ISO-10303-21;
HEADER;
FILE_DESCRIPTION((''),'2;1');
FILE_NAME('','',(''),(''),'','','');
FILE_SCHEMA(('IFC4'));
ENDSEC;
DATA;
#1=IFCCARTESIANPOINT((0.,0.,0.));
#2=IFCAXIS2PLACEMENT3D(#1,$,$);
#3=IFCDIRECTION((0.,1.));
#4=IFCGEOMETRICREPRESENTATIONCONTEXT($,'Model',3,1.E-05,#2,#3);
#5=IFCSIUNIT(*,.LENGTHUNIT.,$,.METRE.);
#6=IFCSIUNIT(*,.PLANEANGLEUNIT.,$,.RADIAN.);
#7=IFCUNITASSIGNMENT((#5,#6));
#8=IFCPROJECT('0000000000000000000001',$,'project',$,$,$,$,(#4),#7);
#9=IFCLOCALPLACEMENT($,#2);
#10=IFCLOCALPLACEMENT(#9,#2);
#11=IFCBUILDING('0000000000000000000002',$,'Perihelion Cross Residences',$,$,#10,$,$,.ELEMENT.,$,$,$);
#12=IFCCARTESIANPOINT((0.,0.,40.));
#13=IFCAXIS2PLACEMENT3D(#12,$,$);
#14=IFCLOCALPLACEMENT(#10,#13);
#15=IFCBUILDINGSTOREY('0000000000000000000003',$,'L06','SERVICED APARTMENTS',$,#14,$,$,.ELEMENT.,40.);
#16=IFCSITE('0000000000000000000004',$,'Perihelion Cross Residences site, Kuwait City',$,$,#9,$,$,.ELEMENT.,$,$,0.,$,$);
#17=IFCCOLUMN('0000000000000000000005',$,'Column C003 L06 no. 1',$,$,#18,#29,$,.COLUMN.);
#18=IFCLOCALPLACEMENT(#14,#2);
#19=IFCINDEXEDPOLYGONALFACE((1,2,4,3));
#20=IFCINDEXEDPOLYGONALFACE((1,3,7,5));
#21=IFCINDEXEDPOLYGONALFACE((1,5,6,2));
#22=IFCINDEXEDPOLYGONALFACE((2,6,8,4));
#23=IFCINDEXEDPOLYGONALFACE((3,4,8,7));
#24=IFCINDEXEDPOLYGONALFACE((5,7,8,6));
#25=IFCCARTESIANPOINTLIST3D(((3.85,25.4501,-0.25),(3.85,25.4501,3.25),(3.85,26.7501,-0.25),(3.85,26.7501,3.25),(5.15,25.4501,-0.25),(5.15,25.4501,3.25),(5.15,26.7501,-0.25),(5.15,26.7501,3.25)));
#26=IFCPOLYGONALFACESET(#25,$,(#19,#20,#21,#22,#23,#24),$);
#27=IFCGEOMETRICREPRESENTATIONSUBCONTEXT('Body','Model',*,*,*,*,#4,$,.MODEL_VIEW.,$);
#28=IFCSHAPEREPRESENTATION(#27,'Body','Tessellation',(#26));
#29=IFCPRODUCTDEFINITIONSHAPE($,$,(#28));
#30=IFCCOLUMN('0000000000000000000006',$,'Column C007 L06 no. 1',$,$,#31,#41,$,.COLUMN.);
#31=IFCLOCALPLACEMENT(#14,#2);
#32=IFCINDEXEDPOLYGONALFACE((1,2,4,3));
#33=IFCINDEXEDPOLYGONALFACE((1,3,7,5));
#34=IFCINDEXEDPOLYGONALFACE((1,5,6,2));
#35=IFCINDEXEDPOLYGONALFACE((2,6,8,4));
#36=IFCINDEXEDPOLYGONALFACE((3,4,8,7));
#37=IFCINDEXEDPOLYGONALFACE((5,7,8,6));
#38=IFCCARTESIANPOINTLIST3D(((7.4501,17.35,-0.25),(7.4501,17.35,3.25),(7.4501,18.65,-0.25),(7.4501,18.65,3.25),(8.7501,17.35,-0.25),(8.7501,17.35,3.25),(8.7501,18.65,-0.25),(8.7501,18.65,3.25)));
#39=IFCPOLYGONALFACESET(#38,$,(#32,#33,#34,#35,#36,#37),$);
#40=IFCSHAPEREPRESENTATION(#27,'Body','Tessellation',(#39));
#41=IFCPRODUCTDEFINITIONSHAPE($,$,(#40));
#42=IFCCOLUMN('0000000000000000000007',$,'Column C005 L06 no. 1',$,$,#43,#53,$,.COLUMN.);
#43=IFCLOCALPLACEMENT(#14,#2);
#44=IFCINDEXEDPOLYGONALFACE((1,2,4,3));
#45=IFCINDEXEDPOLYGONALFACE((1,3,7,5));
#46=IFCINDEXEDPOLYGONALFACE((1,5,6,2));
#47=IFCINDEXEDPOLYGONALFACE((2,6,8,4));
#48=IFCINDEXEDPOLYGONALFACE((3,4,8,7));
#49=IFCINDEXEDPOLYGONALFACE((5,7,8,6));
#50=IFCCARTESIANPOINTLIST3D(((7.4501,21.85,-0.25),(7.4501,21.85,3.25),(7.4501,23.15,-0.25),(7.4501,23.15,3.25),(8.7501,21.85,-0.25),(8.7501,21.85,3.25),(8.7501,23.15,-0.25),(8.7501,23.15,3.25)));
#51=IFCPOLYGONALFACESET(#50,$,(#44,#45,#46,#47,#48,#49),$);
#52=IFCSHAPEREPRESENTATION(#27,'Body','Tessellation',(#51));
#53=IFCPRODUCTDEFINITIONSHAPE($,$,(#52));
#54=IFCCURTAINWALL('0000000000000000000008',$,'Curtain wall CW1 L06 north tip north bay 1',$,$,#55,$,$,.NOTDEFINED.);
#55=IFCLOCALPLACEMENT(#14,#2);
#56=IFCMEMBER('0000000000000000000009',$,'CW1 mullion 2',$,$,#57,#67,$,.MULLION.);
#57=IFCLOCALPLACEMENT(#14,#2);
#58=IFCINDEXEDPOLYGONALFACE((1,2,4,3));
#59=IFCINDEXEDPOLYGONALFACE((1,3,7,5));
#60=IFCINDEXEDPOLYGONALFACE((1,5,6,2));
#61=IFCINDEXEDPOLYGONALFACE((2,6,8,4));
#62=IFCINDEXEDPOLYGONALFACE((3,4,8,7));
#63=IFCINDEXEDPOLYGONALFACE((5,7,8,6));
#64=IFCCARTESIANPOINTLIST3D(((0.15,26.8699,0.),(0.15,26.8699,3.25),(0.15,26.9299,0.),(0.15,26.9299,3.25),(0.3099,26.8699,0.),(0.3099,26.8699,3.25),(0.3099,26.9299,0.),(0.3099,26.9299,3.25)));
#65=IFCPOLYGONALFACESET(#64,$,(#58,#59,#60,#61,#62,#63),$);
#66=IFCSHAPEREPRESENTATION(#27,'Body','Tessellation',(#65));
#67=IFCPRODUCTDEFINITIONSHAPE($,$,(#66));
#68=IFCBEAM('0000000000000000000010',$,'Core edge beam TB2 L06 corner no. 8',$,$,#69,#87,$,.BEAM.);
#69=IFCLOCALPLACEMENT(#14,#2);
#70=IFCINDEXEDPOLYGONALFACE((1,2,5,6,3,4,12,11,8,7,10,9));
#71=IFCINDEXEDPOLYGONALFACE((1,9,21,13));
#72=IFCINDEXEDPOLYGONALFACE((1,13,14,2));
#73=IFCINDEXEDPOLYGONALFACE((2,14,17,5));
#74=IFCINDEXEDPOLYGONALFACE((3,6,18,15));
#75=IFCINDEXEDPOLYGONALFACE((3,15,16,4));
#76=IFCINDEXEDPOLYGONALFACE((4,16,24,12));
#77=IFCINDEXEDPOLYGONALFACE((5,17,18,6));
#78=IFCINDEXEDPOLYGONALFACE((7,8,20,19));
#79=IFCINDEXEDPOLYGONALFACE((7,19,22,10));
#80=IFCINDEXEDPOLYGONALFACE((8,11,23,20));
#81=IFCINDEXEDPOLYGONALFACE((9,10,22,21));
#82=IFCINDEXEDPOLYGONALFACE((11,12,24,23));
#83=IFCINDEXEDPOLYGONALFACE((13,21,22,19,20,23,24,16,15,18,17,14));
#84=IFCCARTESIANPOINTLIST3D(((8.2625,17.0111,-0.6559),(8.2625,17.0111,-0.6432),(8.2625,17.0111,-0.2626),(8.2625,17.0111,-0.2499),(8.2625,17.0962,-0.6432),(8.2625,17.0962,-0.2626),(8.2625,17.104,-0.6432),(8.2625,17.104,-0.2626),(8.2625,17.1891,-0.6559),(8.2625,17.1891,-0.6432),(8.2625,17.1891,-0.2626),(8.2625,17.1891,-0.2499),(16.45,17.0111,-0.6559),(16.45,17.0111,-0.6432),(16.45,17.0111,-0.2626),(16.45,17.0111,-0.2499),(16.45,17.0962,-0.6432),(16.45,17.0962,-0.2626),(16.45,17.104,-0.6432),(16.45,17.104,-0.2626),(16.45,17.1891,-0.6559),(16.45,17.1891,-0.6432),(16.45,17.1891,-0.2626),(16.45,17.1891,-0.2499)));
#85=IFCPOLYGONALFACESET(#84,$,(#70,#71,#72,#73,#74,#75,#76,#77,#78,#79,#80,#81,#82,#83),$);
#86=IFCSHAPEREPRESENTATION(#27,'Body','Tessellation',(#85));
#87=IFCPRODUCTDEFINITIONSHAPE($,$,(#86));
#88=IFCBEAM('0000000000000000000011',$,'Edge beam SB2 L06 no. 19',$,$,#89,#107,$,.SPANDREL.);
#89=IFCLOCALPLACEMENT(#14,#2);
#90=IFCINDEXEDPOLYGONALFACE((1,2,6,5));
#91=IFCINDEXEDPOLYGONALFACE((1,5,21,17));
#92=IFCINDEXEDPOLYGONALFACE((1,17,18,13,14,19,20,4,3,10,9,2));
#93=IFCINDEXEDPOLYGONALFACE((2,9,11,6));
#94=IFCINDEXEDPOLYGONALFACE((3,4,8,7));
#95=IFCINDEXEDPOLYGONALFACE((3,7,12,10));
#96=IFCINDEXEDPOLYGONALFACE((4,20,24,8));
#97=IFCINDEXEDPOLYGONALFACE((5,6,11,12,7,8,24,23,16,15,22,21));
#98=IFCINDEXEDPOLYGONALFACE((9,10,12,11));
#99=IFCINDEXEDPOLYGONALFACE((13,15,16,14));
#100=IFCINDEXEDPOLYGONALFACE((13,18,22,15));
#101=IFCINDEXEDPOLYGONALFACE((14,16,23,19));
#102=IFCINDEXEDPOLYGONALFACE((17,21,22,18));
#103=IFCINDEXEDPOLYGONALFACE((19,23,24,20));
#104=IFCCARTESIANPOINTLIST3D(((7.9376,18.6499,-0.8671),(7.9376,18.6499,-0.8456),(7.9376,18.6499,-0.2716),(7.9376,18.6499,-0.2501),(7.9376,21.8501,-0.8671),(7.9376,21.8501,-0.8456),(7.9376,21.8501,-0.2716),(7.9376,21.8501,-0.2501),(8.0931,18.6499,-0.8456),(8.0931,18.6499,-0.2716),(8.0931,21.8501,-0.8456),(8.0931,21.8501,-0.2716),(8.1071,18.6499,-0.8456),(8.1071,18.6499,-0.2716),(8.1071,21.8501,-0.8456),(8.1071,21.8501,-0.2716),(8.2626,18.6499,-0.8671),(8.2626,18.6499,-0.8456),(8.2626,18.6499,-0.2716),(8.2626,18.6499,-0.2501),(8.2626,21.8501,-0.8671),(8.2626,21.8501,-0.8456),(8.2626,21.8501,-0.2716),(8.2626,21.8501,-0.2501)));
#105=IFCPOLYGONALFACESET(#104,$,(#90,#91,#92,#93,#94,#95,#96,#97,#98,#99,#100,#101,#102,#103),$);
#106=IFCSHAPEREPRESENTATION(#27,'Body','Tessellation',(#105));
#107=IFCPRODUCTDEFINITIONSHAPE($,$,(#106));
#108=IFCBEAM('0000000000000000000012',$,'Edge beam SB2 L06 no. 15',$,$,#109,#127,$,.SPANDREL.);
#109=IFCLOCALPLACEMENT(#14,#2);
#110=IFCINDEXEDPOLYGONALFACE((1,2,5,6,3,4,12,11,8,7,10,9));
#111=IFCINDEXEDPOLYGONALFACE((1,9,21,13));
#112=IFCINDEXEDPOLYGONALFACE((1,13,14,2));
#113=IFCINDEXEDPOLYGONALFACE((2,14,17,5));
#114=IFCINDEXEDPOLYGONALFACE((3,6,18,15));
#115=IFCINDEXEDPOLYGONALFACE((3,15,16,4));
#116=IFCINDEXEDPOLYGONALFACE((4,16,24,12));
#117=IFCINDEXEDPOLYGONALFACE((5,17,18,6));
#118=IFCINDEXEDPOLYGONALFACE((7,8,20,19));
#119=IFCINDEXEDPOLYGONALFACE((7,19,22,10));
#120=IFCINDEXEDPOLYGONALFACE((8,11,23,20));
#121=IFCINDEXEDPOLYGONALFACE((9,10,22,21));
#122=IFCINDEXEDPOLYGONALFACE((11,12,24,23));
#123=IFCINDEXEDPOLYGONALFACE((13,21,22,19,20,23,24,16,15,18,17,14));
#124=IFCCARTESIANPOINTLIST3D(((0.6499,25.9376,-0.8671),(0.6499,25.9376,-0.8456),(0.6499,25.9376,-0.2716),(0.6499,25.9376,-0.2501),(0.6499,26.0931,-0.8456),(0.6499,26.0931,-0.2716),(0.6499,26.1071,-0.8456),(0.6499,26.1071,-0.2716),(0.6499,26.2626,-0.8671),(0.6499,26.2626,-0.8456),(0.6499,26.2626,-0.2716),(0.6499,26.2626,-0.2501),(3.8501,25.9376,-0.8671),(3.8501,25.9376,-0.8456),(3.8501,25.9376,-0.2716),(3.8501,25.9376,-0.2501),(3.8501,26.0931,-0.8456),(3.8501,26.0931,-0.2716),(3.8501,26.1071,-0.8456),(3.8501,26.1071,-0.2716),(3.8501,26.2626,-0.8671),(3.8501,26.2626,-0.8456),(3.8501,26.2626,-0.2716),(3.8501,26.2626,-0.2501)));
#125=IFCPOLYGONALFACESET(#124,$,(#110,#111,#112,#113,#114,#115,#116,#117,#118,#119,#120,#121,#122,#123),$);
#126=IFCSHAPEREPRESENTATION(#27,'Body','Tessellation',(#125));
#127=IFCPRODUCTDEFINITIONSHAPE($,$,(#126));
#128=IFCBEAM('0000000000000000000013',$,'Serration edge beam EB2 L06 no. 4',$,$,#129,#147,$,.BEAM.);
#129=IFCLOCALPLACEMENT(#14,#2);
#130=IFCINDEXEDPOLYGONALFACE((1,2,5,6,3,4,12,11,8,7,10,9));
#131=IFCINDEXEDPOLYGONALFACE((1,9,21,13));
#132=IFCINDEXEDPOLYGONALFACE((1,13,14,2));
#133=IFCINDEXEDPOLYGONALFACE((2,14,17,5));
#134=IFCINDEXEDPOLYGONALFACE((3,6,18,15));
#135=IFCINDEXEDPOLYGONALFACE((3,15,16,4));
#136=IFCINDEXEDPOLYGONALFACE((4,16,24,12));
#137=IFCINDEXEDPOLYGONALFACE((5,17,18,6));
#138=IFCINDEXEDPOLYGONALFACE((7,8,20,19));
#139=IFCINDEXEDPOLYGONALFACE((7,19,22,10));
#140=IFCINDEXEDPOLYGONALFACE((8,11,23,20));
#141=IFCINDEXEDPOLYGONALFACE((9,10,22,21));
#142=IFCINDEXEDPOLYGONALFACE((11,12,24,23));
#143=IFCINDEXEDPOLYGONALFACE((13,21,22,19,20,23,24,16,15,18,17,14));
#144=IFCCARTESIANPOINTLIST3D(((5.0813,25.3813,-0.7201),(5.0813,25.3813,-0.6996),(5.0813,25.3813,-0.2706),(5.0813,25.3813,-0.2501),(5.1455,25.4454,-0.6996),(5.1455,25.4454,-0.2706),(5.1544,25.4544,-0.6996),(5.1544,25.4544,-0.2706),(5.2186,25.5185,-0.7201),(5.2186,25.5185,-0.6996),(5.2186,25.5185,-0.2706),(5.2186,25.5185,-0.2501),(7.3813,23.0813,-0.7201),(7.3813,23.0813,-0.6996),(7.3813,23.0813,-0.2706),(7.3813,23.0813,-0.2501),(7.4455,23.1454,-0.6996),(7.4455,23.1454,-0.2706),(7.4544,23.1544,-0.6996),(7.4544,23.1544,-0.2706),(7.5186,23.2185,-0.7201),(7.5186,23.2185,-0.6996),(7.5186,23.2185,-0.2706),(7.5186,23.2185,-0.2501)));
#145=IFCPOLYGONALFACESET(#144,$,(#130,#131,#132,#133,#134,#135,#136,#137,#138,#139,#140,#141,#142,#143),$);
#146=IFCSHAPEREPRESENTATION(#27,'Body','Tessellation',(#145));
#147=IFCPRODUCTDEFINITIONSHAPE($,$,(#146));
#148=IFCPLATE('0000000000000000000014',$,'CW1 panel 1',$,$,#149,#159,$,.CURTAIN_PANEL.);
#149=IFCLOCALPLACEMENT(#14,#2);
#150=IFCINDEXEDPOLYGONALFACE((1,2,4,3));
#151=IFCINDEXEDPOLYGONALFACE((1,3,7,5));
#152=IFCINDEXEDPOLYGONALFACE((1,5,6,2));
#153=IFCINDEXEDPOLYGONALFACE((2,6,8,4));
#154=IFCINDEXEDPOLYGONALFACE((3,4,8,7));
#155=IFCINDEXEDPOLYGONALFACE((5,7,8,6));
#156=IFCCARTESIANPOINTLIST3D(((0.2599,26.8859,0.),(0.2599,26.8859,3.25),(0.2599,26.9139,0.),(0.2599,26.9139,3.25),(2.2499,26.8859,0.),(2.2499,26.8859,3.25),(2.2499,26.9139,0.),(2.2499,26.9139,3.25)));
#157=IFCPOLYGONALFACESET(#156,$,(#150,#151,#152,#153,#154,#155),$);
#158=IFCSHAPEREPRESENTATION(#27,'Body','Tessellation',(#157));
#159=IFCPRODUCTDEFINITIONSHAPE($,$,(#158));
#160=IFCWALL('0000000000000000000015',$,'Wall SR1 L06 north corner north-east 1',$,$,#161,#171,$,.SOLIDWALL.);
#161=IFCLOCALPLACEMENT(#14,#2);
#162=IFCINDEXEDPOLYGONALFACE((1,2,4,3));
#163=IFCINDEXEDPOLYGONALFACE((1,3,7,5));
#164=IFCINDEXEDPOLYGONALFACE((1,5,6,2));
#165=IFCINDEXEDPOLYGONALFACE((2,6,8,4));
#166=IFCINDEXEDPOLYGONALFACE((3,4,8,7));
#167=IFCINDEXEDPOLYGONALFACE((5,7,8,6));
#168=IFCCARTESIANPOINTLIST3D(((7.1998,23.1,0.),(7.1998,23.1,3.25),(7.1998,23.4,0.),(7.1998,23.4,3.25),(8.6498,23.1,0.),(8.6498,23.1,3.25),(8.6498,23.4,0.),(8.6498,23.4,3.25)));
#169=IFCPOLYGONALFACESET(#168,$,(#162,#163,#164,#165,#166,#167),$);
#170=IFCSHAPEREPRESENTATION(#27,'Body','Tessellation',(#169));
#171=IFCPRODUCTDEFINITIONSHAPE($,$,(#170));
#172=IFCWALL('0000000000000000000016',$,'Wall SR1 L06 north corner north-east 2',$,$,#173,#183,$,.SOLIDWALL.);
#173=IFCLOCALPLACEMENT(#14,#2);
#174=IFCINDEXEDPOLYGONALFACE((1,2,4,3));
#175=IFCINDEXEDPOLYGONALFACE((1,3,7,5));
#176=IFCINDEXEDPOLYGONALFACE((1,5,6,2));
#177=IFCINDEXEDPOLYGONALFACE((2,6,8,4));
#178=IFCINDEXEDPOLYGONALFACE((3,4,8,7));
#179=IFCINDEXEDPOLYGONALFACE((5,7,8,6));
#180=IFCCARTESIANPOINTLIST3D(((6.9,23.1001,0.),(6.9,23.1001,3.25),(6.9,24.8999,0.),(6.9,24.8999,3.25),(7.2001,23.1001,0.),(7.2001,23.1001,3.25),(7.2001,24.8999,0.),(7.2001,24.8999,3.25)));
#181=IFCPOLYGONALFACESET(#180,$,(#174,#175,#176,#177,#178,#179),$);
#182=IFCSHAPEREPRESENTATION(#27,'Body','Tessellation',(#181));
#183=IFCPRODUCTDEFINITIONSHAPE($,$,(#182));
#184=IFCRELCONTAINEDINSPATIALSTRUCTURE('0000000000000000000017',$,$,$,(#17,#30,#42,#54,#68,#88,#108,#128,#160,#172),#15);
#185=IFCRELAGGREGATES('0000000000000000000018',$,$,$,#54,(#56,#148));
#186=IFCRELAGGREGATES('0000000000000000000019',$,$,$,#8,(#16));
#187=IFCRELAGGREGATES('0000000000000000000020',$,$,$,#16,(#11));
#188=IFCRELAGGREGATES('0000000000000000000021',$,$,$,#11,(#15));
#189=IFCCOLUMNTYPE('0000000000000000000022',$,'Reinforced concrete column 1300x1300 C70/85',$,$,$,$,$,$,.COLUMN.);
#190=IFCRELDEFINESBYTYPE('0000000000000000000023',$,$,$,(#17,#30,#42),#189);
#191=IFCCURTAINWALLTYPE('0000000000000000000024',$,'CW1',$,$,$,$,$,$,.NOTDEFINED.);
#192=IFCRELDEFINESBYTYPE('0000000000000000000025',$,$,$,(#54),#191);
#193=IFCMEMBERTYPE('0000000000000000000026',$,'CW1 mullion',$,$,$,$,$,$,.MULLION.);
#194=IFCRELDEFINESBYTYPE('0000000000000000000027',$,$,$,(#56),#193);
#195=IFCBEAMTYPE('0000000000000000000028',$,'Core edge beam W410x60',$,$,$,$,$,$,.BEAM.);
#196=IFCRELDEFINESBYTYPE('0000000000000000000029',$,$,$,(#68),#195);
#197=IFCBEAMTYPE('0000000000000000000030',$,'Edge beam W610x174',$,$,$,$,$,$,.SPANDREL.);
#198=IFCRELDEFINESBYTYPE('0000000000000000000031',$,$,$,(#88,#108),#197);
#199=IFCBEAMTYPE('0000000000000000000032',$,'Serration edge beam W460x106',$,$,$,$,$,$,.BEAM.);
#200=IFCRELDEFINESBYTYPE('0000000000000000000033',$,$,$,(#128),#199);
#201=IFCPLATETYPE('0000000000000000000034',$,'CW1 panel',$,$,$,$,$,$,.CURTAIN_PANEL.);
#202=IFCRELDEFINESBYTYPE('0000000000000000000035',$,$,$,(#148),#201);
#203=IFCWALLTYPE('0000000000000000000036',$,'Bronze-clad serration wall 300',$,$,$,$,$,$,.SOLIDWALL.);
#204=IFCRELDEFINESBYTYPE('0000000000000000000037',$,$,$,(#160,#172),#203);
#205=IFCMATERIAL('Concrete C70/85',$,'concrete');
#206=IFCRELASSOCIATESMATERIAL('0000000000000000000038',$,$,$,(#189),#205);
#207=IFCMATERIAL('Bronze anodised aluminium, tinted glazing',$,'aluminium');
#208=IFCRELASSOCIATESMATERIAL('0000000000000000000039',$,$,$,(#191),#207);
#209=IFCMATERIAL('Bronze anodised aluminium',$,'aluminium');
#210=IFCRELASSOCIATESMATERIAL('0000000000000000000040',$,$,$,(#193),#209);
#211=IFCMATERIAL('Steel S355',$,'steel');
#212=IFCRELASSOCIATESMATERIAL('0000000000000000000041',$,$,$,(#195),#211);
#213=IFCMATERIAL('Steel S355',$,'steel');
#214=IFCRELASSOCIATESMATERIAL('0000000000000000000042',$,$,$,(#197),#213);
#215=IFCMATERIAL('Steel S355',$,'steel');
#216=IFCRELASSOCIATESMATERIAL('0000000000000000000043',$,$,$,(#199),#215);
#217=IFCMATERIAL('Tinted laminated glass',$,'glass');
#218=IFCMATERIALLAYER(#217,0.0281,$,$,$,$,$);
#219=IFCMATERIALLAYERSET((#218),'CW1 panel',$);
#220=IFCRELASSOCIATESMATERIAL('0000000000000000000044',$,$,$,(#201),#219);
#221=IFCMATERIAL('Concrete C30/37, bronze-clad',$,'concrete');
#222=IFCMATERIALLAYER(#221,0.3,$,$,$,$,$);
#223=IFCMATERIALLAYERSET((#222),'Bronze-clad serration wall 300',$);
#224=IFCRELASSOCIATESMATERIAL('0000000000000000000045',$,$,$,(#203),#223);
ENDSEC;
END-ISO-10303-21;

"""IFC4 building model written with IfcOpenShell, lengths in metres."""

from ifc_helpers import new_model, si_unit, direction, frame, frame_2d, origin, origin_2d, place, context, subcontext, project, spatial, rectangle, i_section, extrude, material, layer, layer_set, material_profile, profile_set, type_object, element, aggregate, save


model = new_model("IFC4")

# Units and contexts
model_context = context("Model", 3, precision=1e-05, world=origin(), true_north=direction((0.0, 1.0)))
body_context = subcontext(model_context, "Body", "Model", "MODEL_VIEW")
ifc_project = project(units=[si_unit("LENGTHUNIT", "METRE"), si_unit("PLANEANGLEUNIT", "RADIAN")], contexts=[model_context])

# Site, building, storey
site_placement = place(None, origin())
site = spatial("IfcSite", under=ifc_project, at=site_placement, Name="Perihelion Cross Residences site, Kuwait City", CompositionType="ELEMENT", RefElevation=0.0)
building_placement = place(site_placement, origin())
building = spatial("IfcBuilding", under=site, at=building_placement, Name="Perihelion Cross Residences", CompositionType="ELEMENT")
storey_placement = place(building_placement, frame((0.0, 0.0, 40.0)))
storey = spatial("IfcBuildingStorey", under=building, at=storey_placement, Name="L06", Description="SERVICED APARTMENTS", CompositionType="ELEMENT", Elevation=40.0)

# Columns
ifc_material_1 = material(Name="Concrete C70/85", Category="concrete")
ifc_material_profile_1 = material_profile(ifc_material_1, rectangle(XDim=1.3, YDim=1.3, at=origin_2d()), Name="RC 1300x1300")
ifc_profile_set_1 = profile_set([ifc_material_profile_1], Name="Concrete C70/85")
column_type = type_object("IfcColumnType", Name="Reinforced concrete column 1300x1300 C70/85", PredefinedType="COLUMN", material=ifc_profile_set_1)
for number, where, z_axis, x_axis, name in (
    (1, (4.5, 26.1001, -0.25), (0.0, 0.0, 1.0), (1.0, 0.0, 0.0), "Column C003 L06 no. 1"),
    (2, (8.1001, 18.0, -0.25), (0.0, 0.0, 1.0), (1.0, 0.0, 0.0), "Column C007 L06 no. 1"),
    (3, (8.1001, 22.5, -0.25), (0.0, 0.0, 1.0), (1.0, 0.0, 0.0), "Column C005 L06 no. 1"),
):
    element("IfcColumn", number, at=place(storey_placement, frame(where, z_axis=z_axis, x_axis=x_axis)), inside=storey, type_object=column_type, Name=name, PredefinedType="COLUMN", context=body_context, shape_type="SweptSolid", body=[
        extrude(rectangle(XDim=1.3, YDim=1.3, at=origin_2d()), origin(), (0.0, 0.0, 1.0), 3.5),
    ])

# Curtain wall, member
ifc_material_2 = material(Name="Bronze anodised aluminium, tinted glazing", Category="aluminium")
curtain_wall_type = type_object("IfcCurtainWallType", Name="CW1", PredefinedType="NOTDEFINED", material=ifc_material_2)
curtain_wall_placement = place(storey_placement, origin())
curtain_wall = element("IfcCurtainWall", 4, at=curtain_wall_placement, inside=storey, type_object=curtain_wall_type, Name="Curtain wall CW1 L06 north tip north bay 1", PredefinedType="NOTDEFINED")
ifc_material_3 = material(Name="Bronze anodised aluminium", Category="aluminium")
ifc_material_profile_2 = material_profile(ifc_material_3, rectangle(XDim=0.0601, YDim=0.1599, at=origin_2d()), Name="CW1 mullion")
ifc_profile_set_2 = profile_set([ifc_material_profile_2], Name="Bronze anodised aluminium")
member_type = type_object("IfcMemberType", Name="CW1 mullion", PredefinedType="MULLION", material=ifc_profile_set_2)
member_placement = place(storey_placement, frame((0.23, 26.8999, 0.0), z_axis=(0.0, 0.0, 1.0), x_axis=(0.0, -1.0, 0.0)))
member = element("IfcMember", 5, at=member_placement, type_object=member_type, Name="CW1 mullion 2", PredefinedType="MULLION", context=body_context, shape_type="SweptSolid", body=[
    extrude(rectangle(XDim=0.0601, YDim=0.1599, at=origin_2d()), origin(), (0.0, 0.0, 1.0), 3.25),
])

# Beams
ifc_material_4 = material(Name="Steel S355", Category="steel")
ifc_material_profile_3 = material_profile(ifc_material_4, i_section(OverallWidth=0.178, OverallDepth=0.406, WebThickness=0.0078, FlangeThickness=0.0127, at=origin_2d()), Name="W410x60")
ifc_profile_set_3 = profile_set([ifc_material_profile_3], Name="Steel S355")
beam_type_1 = type_object("IfcBeamType", Name="Core edge beam W410x60", PredefinedType="BEAM", material=ifc_profile_set_3)
beam_1_placement = place(storey_placement, frame((8.2625, 17.1001, -0.4529), z_axis=(1.0, 0.0, 0.0), x_axis=(0.0, 1.0, 0.0)))
element("IfcBeam", 6, at=beam_1_placement, inside=storey, type_object=beam_type_1, Name="Core edge beam TB2 L06 corner no. 8", PredefinedType="BEAM", context=body_context, shape_type="SweptSolid", body=[
    extrude(i_section(OverallWidth=0.178, OverallDepth=0.406, WebThickness=0.0078, FlangeThickness=0.0127, at=origin_2d()), origin(), (0.0, 0.0, 1.0), 8.1875),
])
ifc_material_5 = material(Name="Steel S355", Category="steel")
ifc_material_profile_4 = material_profile(ifc_material_5, i_section(OverallWidth=0.325, OverallDepth=0.6169, WebThickness=0.0139, FlangeThickness=0.0215, at=origin_2d()), Name="W610x174")
ifc_profile_set_4 = profile_set([ifc_material_profile_4], Name="Steel S355")
beam_type_2 = type_object("IfcBeamType", Name="Edge beam W610x174", PredefinedType="SPANDREL", material=ifc_profile_set_4)
for number, where, z_axis, x_axis, name in (
    (7, (8.1001, 18.6499, -0.5586), (0.0, 1.0, 0.0), (-1.0, 0.0, 0.0), "Edge beam SB2 L06 no. 19"),
    (8, (3.8501, 26.1001, -0.5586), (-1.0, 0.0, 0.0), (0.0, -1.0, 0.0), "Edge beam SB2 L06 no. 15"),
):
    element("IfcBeam", number, at=place(storey_placement, frame(where, z_axis=z_axis, x_axis=x_axis)), inside=storey, type_object=beam_type_2, Name=name, PredefinedType="SPANDREL", context=body_context, shape_type="SweptSolid", body=[
        extrude(i_section(OverallWidth=0.325, OverallDepth=0.6169, WebThickness=0.0139, FlangeThickness=0.0215, at=origin_2d()), origin(), (0.0, 0.0, 1.0), 3.2002),
    ])
ifc_material_6 = material(Name="Steel S355", Category="steel")
ifc_material_profile_5 = material_profile(ifc_material_6, i_section(OverallWidth=0.1941, OverallDepth=0.47, WebThickness=0.0127, FlangeThickness=0.0205, at=origin_2d()), Name="W460x106")
ifc_profile_set_5 = profile_set([ifc_material_profile_5], Name="Steel S355")
beam_type_3 = type_object("IfcBeamType", Name="Serration edge beam W460x106", PredefinedType="BEAM", material=ifc_profile_set_5)
beam_2_placement = place(storey_placement, frame((7.45, 23.1499, -0.4851), z_axis=(-0.707107, 0.707107, 0.0), x_axis=(-0.707107, -0.707107, 0.0)))
element("IfcBeam", 9, at=beam_2_placement, inside=storey, type_object=beam_type_3, Name="Serration edge beam EB2 L06 no. 4", PredefinedType="BEAM", context=body_context, shape_type="SweptSolid", body=[
    extrude(i_section(OverallWidth=0.1941, OverallDepth=0.47, WebThickness=0.0127, FlangeThickness=0.0205, at=origin_2d()), origin(), (0.0, 0.0, 1.0), 3.2527),
])

# Plate
ifc_material_7 = material(Name="Tinted laminated glass", Category="glass")
ifc_layer_1 = layer(ifc_material_7, 0.0281)
ifc_layer_set_1 = layer_set([ifc_layer_1], Name="CW1 panel")
plate_type = type_object("IfcPlateType", Name="CW1 panel", PredefinedType="CURTAIN_PANEL", material=ifc_layer_set_1)
plate_placement = place(storey_placement, frame((1.2549, 26.8999, 0.0), z_axis=(0.0, 0.0, 1.0), x_axis=(-1.0, 0.0, 0.0)))
plate = element("IfcPlate", 10, at=plate_placement, type_object=plate_type, Name="CW1 panel 1", PredefinedType="CURTAIN_PANEL", context=body_context, shape_type="SweptSolid", body=[
    extrude(rectangle(XDim=1.99, YDim=0.0281, at=origin_2d()), origin(), (0.0, 0.0, 1.0), 3.25),
])
aggregate(curtain_wall, [member, plate])

# Walls
ifc_material_8 = material(Name="Concrete C30/37, bronze-clad", Category="concrete")
ifc_layer_2 = layer(ifc_material_8, 0.3)
ifc_layer_set_2 = layer_set([ifc_layer_2], Name="Bronze-clad serration wall 300")
wall_type_1 = type_object("IfcWallType", Name="Bronze-clad serration wall 300", PredefinedType="SOLIDWALL", material=ifc_layer_set_2)
wall_1_placement = place(storey_placement, frame((8.6499, 23.25, 0.0), z_axis=(0.0, 0.0, 1.0), x_axis=(-1.0, 0.0, 0.0)))
element("IfcWall", 11, at=wall_1_placement, inside=storey, type_object=wall_type_1, Name="Wall SR1 L06 north corner north-east 1", PredefinedType="SOLIDWALL", context=body_context, shape_type="SweptSolid", body=[
    extrude(rectangle(XDim=1.45, YDim=0.3, at=frame_2d((0.7251, 0.0))), origin(), (0.0, 0.0, 1.0), 3.25),
])
wall_2_placement = place(storey_placement, frame((7.05, 23.1001, 0.0), z_axis=(0.0, 0.0, 1.0), x_axis=(0.0, 1.0, 0.0)))
element("IfcWall", 12, at=wall_2_placement, inside=storey, type_object=wall_type_1, Name="Wall SR1 L06 north corner north-east 2", PredefinedType="SOLIDWALL", context=body_context, shape_type="SweptSolid", body=[
    extrude(rectangle(XDim=1.7998, YDim=0.3, at=frame_2d((0.8999, 0.0))), origin(), (0.0, 0.0, 1.0), 3.25),
])

save(model, "model.ifc")
